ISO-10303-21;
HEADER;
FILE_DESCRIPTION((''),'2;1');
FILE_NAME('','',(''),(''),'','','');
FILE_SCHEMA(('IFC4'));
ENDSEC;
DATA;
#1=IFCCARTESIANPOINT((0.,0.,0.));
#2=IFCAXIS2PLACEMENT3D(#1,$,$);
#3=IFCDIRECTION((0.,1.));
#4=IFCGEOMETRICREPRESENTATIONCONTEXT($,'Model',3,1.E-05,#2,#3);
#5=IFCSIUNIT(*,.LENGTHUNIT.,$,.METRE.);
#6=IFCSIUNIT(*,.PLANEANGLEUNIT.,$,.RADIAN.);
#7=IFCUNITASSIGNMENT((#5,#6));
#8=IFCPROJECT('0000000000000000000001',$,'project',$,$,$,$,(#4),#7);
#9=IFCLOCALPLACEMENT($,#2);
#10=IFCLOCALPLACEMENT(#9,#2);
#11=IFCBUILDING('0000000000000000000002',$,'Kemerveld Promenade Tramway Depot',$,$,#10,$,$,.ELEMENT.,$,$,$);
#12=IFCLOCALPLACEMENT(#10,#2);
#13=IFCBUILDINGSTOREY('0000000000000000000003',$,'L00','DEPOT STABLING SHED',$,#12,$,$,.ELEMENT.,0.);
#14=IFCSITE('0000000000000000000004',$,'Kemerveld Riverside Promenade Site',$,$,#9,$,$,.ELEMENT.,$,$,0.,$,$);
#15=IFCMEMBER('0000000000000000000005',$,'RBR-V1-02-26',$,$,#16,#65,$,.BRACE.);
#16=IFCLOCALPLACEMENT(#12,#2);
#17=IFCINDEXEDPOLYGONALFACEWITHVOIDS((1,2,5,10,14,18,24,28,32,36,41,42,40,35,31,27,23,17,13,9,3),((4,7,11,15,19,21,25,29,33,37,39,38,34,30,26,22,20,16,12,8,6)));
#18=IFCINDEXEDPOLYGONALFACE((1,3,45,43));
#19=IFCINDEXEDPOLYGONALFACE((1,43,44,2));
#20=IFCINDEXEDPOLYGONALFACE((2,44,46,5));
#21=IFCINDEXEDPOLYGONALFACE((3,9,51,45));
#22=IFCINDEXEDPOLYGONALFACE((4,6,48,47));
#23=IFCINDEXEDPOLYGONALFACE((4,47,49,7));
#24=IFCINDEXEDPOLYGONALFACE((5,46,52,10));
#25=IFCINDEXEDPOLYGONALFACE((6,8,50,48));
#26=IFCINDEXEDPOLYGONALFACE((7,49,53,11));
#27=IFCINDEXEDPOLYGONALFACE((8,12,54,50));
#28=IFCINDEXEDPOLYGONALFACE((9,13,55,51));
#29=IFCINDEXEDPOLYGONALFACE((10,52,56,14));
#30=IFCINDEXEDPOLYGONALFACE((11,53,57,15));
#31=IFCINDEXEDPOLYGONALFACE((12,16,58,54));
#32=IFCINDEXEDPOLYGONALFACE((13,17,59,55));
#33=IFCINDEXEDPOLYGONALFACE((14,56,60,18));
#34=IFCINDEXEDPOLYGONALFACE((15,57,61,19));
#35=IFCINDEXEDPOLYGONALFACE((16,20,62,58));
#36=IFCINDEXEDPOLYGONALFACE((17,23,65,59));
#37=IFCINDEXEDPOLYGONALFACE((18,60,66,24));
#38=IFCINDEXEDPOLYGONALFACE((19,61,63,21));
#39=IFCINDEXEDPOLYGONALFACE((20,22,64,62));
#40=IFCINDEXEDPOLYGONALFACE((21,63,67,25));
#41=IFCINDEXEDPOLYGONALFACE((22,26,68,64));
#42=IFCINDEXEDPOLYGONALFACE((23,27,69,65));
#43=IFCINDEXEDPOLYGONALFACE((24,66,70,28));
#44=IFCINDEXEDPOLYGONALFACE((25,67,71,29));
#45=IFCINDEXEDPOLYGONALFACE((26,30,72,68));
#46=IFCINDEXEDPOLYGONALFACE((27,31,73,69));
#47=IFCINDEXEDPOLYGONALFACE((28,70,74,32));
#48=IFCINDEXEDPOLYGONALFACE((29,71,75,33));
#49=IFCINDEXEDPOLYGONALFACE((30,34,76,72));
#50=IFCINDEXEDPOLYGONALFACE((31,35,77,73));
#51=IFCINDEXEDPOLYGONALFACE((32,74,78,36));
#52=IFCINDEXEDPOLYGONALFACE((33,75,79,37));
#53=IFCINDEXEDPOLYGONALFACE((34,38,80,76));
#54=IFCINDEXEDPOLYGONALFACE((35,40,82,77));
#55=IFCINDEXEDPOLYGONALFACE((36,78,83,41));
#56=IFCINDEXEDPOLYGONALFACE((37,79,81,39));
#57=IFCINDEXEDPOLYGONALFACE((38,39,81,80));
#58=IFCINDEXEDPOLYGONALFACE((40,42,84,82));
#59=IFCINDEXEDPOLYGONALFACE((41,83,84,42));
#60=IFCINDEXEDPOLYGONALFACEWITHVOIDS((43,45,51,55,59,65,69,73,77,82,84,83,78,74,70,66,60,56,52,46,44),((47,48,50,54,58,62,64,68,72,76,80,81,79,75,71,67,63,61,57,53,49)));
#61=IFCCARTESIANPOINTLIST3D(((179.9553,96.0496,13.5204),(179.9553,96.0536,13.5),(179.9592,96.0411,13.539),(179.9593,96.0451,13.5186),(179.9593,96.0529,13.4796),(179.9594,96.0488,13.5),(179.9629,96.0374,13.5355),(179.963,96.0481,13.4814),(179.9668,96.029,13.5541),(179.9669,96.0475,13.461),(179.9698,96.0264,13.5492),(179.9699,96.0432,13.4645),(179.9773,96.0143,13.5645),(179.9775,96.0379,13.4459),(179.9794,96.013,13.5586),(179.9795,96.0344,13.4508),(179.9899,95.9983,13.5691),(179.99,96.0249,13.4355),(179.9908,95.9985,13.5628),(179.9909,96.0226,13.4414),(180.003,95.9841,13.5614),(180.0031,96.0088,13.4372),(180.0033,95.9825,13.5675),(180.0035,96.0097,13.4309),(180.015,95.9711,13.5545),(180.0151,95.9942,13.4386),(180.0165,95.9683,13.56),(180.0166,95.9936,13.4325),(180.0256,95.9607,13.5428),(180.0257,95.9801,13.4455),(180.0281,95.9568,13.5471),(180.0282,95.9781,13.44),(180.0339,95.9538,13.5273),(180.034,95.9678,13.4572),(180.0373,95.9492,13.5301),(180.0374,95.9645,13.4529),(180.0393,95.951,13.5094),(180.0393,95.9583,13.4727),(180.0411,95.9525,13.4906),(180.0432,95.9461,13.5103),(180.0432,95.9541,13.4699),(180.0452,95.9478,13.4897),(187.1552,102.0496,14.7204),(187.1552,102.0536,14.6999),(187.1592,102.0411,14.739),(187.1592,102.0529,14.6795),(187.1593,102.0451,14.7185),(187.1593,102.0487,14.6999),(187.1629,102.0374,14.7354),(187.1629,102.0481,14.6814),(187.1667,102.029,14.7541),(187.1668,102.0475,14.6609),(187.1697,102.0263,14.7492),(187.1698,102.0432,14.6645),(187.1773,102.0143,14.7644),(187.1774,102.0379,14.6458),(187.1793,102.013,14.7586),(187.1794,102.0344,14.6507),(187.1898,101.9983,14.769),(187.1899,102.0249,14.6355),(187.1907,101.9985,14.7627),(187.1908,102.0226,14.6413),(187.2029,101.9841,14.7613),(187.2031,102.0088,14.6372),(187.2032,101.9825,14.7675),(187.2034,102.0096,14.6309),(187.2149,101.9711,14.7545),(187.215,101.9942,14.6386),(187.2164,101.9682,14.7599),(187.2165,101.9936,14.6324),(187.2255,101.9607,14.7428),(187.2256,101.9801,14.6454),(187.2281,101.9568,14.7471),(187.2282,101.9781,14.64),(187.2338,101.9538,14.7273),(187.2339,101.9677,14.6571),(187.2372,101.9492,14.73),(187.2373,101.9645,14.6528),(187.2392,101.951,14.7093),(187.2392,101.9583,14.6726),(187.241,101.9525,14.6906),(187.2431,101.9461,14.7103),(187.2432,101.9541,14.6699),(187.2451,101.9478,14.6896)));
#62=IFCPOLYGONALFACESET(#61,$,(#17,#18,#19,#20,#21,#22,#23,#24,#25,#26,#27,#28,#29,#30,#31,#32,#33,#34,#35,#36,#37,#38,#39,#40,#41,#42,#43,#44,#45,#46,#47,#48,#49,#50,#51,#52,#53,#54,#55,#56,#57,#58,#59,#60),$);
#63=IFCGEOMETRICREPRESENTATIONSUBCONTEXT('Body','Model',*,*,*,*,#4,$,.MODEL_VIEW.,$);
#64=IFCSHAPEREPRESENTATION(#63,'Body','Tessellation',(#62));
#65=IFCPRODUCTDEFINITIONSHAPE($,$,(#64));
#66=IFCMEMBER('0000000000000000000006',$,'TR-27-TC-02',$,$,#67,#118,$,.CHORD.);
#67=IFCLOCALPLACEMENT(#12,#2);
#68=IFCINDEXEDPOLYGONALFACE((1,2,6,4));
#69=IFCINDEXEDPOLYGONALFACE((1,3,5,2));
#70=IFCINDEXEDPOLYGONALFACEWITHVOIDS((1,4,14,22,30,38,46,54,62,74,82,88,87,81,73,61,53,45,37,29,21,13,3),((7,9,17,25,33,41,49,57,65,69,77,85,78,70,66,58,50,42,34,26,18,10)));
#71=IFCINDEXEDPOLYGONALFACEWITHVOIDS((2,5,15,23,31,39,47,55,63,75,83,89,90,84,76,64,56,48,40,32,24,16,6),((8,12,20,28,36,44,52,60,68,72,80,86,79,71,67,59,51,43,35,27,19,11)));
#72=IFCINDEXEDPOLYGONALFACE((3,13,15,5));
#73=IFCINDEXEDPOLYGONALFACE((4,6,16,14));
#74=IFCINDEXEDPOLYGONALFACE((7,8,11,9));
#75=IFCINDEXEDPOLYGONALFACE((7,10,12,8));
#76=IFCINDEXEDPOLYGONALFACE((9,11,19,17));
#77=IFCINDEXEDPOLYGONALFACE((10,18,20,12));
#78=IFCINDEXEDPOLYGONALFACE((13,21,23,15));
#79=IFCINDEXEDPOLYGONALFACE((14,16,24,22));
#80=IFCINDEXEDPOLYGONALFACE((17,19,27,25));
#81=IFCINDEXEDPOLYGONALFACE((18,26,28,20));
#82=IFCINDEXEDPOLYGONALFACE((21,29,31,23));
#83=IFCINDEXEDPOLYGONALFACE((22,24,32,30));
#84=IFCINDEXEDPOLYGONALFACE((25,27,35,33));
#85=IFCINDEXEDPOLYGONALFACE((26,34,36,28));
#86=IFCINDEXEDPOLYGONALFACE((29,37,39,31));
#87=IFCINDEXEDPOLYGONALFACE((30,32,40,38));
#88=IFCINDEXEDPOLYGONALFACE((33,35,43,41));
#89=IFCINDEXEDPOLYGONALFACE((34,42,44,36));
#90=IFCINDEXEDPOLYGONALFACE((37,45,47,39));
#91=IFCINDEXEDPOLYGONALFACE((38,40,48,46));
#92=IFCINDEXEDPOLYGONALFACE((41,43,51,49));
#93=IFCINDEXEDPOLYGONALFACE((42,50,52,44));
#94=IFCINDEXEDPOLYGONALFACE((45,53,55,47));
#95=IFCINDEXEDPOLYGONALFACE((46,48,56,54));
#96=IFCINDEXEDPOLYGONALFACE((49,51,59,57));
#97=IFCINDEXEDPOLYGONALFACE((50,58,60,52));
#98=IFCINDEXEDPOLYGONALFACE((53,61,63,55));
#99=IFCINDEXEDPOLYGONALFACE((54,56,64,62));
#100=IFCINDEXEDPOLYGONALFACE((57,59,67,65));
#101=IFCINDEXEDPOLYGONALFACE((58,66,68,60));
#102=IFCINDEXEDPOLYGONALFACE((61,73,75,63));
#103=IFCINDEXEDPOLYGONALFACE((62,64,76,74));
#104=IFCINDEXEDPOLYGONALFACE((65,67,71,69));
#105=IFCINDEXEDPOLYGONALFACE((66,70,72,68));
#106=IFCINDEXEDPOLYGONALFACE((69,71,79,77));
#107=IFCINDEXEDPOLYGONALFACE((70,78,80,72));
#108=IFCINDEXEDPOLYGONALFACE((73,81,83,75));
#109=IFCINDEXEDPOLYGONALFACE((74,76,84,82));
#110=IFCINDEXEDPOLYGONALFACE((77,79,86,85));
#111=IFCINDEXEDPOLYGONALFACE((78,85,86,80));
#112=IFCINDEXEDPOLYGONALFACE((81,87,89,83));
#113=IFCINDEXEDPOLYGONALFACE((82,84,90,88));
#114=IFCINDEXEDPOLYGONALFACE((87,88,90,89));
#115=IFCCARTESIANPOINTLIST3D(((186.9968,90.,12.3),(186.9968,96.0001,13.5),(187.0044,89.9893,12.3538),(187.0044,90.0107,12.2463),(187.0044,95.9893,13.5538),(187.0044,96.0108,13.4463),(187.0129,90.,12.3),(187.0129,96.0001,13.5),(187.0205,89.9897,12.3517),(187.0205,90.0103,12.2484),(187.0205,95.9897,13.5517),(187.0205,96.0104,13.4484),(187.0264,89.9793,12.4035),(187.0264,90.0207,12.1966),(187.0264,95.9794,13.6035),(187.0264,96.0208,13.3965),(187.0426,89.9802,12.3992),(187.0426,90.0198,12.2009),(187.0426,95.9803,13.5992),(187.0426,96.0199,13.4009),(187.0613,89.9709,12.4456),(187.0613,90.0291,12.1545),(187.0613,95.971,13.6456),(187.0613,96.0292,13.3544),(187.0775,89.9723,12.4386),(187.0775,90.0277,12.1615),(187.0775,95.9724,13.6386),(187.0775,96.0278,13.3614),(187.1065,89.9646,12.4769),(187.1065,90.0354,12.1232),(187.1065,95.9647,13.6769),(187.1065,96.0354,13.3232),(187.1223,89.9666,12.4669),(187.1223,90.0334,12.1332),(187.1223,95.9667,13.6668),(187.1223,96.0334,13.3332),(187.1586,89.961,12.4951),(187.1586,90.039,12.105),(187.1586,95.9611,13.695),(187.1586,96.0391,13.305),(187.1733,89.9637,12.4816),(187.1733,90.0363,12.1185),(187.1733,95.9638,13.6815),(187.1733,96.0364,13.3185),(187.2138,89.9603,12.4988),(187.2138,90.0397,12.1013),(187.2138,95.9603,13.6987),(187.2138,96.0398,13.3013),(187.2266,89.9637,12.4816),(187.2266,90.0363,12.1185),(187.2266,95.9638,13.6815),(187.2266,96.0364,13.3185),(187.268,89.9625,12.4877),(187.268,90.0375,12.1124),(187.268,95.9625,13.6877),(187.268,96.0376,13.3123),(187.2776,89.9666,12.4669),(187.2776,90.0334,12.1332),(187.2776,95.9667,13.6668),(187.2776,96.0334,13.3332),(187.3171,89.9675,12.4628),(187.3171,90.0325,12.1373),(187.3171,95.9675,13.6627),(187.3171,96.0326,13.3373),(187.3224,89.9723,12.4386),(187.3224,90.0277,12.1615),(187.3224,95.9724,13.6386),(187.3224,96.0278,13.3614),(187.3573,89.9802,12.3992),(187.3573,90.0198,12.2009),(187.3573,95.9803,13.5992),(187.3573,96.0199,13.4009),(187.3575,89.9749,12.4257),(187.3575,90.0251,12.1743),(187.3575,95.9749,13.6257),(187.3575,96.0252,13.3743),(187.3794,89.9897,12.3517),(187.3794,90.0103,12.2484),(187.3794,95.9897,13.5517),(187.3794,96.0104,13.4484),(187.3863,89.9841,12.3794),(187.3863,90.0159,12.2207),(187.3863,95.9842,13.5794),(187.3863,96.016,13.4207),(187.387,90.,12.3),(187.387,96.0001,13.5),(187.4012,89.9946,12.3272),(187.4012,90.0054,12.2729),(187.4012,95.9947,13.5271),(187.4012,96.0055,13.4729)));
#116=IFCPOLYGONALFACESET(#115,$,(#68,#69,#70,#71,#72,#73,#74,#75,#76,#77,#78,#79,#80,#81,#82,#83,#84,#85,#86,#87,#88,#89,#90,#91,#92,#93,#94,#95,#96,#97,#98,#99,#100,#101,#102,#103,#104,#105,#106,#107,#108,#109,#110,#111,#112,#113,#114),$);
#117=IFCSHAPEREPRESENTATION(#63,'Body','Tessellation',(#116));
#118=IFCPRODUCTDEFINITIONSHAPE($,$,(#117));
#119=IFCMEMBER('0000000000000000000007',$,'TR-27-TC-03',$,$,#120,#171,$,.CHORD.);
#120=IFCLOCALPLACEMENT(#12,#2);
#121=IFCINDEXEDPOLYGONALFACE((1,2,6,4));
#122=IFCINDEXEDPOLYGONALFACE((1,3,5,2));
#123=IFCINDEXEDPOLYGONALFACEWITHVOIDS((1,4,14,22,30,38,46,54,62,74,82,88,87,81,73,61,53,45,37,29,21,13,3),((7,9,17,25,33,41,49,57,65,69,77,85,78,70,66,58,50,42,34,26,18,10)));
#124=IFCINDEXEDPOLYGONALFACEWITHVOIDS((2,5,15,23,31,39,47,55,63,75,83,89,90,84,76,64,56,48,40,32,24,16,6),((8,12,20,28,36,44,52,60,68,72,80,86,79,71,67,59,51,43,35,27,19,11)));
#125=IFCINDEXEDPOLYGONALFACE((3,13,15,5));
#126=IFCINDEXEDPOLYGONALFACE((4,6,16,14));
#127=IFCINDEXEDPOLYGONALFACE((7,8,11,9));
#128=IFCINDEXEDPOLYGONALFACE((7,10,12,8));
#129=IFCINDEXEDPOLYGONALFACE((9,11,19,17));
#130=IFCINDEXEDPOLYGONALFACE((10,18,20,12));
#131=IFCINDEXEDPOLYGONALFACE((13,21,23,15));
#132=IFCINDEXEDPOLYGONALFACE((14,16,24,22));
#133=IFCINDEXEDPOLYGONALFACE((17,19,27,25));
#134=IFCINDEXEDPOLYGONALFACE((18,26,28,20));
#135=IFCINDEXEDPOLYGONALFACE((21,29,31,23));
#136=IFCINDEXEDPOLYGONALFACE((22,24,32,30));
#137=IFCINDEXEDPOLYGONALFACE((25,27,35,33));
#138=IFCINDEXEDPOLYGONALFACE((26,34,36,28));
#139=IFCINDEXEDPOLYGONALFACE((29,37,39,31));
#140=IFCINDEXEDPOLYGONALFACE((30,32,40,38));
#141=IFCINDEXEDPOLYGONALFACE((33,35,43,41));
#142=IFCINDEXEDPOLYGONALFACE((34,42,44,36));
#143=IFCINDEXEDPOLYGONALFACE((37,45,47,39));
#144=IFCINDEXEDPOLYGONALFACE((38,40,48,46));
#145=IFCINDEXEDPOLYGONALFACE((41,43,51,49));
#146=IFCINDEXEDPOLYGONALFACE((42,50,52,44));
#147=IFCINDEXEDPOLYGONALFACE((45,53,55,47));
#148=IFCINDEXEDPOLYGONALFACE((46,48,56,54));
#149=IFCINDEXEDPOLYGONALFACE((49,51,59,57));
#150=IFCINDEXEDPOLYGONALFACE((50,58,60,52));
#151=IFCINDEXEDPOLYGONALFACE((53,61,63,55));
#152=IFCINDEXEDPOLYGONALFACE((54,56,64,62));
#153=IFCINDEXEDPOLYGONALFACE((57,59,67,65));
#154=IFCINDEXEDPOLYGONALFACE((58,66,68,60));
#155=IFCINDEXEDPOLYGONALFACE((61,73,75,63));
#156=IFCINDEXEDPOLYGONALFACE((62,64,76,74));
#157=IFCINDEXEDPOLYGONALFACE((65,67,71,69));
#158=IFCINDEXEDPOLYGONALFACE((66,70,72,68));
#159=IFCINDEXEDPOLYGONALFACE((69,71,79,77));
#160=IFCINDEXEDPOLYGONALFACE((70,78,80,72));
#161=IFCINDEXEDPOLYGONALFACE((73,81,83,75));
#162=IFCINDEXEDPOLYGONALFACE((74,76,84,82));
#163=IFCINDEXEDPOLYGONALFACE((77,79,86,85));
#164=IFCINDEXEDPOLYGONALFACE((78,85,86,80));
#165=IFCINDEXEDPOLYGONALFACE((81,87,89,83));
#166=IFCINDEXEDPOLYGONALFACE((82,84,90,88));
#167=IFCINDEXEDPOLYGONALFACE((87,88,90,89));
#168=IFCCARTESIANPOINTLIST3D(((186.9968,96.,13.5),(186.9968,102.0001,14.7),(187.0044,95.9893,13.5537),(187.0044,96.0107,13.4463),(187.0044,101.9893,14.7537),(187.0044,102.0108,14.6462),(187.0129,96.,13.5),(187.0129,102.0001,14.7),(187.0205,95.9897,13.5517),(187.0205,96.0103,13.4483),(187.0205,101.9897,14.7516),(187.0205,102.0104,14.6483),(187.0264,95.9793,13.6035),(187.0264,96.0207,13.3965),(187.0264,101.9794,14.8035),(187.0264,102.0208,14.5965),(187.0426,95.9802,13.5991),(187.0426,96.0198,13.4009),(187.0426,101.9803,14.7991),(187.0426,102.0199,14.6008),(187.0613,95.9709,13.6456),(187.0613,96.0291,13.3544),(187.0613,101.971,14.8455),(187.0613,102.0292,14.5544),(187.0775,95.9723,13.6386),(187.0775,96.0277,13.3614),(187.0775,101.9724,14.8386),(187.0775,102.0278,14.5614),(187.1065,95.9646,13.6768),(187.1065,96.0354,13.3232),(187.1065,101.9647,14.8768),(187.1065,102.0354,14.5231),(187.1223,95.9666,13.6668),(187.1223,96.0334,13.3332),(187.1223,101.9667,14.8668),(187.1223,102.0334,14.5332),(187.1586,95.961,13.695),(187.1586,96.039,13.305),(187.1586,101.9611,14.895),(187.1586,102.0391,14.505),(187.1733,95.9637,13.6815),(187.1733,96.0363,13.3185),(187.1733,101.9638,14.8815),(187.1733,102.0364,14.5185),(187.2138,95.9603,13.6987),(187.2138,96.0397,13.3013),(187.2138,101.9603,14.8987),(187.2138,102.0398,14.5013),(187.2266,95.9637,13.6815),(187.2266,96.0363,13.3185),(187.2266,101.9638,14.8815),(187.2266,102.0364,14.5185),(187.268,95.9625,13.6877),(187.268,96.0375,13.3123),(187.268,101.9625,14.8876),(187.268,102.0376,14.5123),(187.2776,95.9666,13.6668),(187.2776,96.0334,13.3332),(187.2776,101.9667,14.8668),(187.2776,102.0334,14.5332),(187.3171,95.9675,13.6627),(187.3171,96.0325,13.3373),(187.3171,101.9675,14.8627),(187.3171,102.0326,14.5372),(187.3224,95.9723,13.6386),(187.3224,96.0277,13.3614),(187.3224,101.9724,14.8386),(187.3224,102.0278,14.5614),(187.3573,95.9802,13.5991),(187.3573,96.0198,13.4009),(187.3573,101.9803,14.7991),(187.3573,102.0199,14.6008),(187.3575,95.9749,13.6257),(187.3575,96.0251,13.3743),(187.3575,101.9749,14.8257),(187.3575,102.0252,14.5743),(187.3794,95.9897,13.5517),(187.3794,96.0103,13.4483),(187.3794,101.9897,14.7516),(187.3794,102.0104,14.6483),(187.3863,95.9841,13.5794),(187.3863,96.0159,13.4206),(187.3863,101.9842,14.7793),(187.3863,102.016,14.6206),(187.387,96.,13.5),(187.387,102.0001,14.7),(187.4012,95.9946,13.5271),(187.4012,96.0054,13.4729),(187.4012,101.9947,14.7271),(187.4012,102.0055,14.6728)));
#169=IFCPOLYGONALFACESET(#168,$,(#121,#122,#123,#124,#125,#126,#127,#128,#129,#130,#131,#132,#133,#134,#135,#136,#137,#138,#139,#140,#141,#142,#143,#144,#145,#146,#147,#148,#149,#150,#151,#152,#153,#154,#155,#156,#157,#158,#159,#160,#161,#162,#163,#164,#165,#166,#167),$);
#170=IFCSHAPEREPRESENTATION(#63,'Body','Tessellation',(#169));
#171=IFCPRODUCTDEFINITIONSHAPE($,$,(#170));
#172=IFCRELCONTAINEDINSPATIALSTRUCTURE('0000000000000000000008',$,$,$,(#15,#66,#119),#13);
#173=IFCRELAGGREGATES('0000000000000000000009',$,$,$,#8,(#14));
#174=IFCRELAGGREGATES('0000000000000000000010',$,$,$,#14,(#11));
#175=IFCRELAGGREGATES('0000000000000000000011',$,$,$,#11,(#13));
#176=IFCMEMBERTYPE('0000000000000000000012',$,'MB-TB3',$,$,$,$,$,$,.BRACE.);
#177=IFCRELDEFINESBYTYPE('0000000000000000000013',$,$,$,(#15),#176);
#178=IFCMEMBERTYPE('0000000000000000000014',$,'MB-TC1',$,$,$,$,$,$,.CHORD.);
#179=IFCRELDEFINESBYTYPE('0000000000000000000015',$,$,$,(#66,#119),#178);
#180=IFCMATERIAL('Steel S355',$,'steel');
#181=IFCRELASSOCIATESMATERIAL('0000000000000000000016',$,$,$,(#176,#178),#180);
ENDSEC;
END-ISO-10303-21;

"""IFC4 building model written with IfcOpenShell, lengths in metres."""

from ifc_helpers import new_model, si_unit, direction, frame, origin, origin_2d, place, context, subcontext, project, spatial, hollow_circle, extrude, material, material_profile, profile_set, type_object, element, save


model = new_model("IFC4")

# Units and contexts
model_context = context("Model", 3, precision=1e-05, world=origin(), true_north=direction((0.0, 1.0)))
body_context = subcontext(model_context, "Body", "Model", "MODEL_VIEW")
ifc_project = project(units=[si_unit("LENGTHUNIT", "METRE"), si_unit("PLANEANGLEUNIT", "RADIAN")], contexts=[model_context])

# Site, building, storey
site_placement = place(None, origin())
site = spatial("IfcSite", under=ifc_project, at=site_placement, Name="Kemerveld Riverside Promenade Site", CompositionType="ELEMENT", RefElevation=0.0)
building_placement = place(site_placement, origin())
building = spatial("IfcBuilding", under=site, at=building_placement, Name="Kemerveld Promenade Tramway Depot", CompositionType="ELEMENT")
storey_placement = place(building_placement, origin())
storey = spatial("IfcBuildingStorey", under=building, at=storey_placement, Name="L00", Description="DEPOT STABLING SHED", CompositionType="ELEMENT", Elevation=0.0)

# Shared definitions
ifc_material_1 = material(Name="Steel S355", Category="steel")

# Members
ifc_material_profile_1 = material_profile(ifc_material_1, hollow_circle(Radius=0.0698, WallThickness=0.0063, at=origin_2d()), Name="139.7x6.3 CHS")
ifc_profile_set_1 = profile_set([ifc_material_profile_1], Name="Steel S355")
member_type_1 = type_object("IfcMemberType", Name="MB-TB3", PredefinedType="BRACE", material=ifc_profile_set_1)
for number, where, z_axis, x_axis, name in (
    (1, (180.0, 96.0, 13.5), (0.761999, 0.635004, 0.126996), (-0.640187, 0.768219, 0.0), "RBR-V1-02-26"),
):
    element("IfcMember", number, at=place(storey_placement, frame(where, z_axis=z_axis, x_axis=x_axis)), inside=storey, type_object=member_type_1, Name=name, PredefinedType="BRACE", context=body_context, shape_type="SweptSolid", body=[
        extrude(hollow_circle(Radius=0.0698, WallThickness=0.0063, at=origin_2d()), origin(), (0.0, 0.0, 1.0), 9.4487),
    ])
ifc_material_profile_2 = material_profile(ifc_material_1, hollow_circle(Radius=0.2031, WallThickness=0.0161, at=origin_2d()), Name="406.4x16.0 CHS")
ifc_profile_set_2 = profile_set([ifc_material_profile_2], Name="Steel S355")
member_type_2 = type_object("IfcMemberType", Name="MB-TC1", PredefinedType="CHORD", material=ifc_profile_set_2)
for number, where, z_axis, x_axis, name in (
    (2, (187.2, 90.0, 12.3), (0.0, 0.980582, 0.196108), (-1.0, 0.0, 0.0), "TR-27-TC-02"),
    (3, (187.2, 96.0, 13.5), (0.0, 0.980582, 0.196108), (-1.0, 0.0, 0.0), "TR-27-TC-03"),
):
    element("IfcMember", number, at=place(storey_placement, frame(where, z_axis=z_axis, x_axis=x_axis)), inside=storey, type_object=member_type_2, Name=name, PredefinedType="CHORD", context=body_context, shape_type="SweptSolid", body=[
        extrude(hollow_circle(Radius=0.2031, WallThickness=0.0161, at=origin_2d()), origin(), (0.0, 0.0, 1.0), 6.1189),
    ])

save(model, "model.ifc")
